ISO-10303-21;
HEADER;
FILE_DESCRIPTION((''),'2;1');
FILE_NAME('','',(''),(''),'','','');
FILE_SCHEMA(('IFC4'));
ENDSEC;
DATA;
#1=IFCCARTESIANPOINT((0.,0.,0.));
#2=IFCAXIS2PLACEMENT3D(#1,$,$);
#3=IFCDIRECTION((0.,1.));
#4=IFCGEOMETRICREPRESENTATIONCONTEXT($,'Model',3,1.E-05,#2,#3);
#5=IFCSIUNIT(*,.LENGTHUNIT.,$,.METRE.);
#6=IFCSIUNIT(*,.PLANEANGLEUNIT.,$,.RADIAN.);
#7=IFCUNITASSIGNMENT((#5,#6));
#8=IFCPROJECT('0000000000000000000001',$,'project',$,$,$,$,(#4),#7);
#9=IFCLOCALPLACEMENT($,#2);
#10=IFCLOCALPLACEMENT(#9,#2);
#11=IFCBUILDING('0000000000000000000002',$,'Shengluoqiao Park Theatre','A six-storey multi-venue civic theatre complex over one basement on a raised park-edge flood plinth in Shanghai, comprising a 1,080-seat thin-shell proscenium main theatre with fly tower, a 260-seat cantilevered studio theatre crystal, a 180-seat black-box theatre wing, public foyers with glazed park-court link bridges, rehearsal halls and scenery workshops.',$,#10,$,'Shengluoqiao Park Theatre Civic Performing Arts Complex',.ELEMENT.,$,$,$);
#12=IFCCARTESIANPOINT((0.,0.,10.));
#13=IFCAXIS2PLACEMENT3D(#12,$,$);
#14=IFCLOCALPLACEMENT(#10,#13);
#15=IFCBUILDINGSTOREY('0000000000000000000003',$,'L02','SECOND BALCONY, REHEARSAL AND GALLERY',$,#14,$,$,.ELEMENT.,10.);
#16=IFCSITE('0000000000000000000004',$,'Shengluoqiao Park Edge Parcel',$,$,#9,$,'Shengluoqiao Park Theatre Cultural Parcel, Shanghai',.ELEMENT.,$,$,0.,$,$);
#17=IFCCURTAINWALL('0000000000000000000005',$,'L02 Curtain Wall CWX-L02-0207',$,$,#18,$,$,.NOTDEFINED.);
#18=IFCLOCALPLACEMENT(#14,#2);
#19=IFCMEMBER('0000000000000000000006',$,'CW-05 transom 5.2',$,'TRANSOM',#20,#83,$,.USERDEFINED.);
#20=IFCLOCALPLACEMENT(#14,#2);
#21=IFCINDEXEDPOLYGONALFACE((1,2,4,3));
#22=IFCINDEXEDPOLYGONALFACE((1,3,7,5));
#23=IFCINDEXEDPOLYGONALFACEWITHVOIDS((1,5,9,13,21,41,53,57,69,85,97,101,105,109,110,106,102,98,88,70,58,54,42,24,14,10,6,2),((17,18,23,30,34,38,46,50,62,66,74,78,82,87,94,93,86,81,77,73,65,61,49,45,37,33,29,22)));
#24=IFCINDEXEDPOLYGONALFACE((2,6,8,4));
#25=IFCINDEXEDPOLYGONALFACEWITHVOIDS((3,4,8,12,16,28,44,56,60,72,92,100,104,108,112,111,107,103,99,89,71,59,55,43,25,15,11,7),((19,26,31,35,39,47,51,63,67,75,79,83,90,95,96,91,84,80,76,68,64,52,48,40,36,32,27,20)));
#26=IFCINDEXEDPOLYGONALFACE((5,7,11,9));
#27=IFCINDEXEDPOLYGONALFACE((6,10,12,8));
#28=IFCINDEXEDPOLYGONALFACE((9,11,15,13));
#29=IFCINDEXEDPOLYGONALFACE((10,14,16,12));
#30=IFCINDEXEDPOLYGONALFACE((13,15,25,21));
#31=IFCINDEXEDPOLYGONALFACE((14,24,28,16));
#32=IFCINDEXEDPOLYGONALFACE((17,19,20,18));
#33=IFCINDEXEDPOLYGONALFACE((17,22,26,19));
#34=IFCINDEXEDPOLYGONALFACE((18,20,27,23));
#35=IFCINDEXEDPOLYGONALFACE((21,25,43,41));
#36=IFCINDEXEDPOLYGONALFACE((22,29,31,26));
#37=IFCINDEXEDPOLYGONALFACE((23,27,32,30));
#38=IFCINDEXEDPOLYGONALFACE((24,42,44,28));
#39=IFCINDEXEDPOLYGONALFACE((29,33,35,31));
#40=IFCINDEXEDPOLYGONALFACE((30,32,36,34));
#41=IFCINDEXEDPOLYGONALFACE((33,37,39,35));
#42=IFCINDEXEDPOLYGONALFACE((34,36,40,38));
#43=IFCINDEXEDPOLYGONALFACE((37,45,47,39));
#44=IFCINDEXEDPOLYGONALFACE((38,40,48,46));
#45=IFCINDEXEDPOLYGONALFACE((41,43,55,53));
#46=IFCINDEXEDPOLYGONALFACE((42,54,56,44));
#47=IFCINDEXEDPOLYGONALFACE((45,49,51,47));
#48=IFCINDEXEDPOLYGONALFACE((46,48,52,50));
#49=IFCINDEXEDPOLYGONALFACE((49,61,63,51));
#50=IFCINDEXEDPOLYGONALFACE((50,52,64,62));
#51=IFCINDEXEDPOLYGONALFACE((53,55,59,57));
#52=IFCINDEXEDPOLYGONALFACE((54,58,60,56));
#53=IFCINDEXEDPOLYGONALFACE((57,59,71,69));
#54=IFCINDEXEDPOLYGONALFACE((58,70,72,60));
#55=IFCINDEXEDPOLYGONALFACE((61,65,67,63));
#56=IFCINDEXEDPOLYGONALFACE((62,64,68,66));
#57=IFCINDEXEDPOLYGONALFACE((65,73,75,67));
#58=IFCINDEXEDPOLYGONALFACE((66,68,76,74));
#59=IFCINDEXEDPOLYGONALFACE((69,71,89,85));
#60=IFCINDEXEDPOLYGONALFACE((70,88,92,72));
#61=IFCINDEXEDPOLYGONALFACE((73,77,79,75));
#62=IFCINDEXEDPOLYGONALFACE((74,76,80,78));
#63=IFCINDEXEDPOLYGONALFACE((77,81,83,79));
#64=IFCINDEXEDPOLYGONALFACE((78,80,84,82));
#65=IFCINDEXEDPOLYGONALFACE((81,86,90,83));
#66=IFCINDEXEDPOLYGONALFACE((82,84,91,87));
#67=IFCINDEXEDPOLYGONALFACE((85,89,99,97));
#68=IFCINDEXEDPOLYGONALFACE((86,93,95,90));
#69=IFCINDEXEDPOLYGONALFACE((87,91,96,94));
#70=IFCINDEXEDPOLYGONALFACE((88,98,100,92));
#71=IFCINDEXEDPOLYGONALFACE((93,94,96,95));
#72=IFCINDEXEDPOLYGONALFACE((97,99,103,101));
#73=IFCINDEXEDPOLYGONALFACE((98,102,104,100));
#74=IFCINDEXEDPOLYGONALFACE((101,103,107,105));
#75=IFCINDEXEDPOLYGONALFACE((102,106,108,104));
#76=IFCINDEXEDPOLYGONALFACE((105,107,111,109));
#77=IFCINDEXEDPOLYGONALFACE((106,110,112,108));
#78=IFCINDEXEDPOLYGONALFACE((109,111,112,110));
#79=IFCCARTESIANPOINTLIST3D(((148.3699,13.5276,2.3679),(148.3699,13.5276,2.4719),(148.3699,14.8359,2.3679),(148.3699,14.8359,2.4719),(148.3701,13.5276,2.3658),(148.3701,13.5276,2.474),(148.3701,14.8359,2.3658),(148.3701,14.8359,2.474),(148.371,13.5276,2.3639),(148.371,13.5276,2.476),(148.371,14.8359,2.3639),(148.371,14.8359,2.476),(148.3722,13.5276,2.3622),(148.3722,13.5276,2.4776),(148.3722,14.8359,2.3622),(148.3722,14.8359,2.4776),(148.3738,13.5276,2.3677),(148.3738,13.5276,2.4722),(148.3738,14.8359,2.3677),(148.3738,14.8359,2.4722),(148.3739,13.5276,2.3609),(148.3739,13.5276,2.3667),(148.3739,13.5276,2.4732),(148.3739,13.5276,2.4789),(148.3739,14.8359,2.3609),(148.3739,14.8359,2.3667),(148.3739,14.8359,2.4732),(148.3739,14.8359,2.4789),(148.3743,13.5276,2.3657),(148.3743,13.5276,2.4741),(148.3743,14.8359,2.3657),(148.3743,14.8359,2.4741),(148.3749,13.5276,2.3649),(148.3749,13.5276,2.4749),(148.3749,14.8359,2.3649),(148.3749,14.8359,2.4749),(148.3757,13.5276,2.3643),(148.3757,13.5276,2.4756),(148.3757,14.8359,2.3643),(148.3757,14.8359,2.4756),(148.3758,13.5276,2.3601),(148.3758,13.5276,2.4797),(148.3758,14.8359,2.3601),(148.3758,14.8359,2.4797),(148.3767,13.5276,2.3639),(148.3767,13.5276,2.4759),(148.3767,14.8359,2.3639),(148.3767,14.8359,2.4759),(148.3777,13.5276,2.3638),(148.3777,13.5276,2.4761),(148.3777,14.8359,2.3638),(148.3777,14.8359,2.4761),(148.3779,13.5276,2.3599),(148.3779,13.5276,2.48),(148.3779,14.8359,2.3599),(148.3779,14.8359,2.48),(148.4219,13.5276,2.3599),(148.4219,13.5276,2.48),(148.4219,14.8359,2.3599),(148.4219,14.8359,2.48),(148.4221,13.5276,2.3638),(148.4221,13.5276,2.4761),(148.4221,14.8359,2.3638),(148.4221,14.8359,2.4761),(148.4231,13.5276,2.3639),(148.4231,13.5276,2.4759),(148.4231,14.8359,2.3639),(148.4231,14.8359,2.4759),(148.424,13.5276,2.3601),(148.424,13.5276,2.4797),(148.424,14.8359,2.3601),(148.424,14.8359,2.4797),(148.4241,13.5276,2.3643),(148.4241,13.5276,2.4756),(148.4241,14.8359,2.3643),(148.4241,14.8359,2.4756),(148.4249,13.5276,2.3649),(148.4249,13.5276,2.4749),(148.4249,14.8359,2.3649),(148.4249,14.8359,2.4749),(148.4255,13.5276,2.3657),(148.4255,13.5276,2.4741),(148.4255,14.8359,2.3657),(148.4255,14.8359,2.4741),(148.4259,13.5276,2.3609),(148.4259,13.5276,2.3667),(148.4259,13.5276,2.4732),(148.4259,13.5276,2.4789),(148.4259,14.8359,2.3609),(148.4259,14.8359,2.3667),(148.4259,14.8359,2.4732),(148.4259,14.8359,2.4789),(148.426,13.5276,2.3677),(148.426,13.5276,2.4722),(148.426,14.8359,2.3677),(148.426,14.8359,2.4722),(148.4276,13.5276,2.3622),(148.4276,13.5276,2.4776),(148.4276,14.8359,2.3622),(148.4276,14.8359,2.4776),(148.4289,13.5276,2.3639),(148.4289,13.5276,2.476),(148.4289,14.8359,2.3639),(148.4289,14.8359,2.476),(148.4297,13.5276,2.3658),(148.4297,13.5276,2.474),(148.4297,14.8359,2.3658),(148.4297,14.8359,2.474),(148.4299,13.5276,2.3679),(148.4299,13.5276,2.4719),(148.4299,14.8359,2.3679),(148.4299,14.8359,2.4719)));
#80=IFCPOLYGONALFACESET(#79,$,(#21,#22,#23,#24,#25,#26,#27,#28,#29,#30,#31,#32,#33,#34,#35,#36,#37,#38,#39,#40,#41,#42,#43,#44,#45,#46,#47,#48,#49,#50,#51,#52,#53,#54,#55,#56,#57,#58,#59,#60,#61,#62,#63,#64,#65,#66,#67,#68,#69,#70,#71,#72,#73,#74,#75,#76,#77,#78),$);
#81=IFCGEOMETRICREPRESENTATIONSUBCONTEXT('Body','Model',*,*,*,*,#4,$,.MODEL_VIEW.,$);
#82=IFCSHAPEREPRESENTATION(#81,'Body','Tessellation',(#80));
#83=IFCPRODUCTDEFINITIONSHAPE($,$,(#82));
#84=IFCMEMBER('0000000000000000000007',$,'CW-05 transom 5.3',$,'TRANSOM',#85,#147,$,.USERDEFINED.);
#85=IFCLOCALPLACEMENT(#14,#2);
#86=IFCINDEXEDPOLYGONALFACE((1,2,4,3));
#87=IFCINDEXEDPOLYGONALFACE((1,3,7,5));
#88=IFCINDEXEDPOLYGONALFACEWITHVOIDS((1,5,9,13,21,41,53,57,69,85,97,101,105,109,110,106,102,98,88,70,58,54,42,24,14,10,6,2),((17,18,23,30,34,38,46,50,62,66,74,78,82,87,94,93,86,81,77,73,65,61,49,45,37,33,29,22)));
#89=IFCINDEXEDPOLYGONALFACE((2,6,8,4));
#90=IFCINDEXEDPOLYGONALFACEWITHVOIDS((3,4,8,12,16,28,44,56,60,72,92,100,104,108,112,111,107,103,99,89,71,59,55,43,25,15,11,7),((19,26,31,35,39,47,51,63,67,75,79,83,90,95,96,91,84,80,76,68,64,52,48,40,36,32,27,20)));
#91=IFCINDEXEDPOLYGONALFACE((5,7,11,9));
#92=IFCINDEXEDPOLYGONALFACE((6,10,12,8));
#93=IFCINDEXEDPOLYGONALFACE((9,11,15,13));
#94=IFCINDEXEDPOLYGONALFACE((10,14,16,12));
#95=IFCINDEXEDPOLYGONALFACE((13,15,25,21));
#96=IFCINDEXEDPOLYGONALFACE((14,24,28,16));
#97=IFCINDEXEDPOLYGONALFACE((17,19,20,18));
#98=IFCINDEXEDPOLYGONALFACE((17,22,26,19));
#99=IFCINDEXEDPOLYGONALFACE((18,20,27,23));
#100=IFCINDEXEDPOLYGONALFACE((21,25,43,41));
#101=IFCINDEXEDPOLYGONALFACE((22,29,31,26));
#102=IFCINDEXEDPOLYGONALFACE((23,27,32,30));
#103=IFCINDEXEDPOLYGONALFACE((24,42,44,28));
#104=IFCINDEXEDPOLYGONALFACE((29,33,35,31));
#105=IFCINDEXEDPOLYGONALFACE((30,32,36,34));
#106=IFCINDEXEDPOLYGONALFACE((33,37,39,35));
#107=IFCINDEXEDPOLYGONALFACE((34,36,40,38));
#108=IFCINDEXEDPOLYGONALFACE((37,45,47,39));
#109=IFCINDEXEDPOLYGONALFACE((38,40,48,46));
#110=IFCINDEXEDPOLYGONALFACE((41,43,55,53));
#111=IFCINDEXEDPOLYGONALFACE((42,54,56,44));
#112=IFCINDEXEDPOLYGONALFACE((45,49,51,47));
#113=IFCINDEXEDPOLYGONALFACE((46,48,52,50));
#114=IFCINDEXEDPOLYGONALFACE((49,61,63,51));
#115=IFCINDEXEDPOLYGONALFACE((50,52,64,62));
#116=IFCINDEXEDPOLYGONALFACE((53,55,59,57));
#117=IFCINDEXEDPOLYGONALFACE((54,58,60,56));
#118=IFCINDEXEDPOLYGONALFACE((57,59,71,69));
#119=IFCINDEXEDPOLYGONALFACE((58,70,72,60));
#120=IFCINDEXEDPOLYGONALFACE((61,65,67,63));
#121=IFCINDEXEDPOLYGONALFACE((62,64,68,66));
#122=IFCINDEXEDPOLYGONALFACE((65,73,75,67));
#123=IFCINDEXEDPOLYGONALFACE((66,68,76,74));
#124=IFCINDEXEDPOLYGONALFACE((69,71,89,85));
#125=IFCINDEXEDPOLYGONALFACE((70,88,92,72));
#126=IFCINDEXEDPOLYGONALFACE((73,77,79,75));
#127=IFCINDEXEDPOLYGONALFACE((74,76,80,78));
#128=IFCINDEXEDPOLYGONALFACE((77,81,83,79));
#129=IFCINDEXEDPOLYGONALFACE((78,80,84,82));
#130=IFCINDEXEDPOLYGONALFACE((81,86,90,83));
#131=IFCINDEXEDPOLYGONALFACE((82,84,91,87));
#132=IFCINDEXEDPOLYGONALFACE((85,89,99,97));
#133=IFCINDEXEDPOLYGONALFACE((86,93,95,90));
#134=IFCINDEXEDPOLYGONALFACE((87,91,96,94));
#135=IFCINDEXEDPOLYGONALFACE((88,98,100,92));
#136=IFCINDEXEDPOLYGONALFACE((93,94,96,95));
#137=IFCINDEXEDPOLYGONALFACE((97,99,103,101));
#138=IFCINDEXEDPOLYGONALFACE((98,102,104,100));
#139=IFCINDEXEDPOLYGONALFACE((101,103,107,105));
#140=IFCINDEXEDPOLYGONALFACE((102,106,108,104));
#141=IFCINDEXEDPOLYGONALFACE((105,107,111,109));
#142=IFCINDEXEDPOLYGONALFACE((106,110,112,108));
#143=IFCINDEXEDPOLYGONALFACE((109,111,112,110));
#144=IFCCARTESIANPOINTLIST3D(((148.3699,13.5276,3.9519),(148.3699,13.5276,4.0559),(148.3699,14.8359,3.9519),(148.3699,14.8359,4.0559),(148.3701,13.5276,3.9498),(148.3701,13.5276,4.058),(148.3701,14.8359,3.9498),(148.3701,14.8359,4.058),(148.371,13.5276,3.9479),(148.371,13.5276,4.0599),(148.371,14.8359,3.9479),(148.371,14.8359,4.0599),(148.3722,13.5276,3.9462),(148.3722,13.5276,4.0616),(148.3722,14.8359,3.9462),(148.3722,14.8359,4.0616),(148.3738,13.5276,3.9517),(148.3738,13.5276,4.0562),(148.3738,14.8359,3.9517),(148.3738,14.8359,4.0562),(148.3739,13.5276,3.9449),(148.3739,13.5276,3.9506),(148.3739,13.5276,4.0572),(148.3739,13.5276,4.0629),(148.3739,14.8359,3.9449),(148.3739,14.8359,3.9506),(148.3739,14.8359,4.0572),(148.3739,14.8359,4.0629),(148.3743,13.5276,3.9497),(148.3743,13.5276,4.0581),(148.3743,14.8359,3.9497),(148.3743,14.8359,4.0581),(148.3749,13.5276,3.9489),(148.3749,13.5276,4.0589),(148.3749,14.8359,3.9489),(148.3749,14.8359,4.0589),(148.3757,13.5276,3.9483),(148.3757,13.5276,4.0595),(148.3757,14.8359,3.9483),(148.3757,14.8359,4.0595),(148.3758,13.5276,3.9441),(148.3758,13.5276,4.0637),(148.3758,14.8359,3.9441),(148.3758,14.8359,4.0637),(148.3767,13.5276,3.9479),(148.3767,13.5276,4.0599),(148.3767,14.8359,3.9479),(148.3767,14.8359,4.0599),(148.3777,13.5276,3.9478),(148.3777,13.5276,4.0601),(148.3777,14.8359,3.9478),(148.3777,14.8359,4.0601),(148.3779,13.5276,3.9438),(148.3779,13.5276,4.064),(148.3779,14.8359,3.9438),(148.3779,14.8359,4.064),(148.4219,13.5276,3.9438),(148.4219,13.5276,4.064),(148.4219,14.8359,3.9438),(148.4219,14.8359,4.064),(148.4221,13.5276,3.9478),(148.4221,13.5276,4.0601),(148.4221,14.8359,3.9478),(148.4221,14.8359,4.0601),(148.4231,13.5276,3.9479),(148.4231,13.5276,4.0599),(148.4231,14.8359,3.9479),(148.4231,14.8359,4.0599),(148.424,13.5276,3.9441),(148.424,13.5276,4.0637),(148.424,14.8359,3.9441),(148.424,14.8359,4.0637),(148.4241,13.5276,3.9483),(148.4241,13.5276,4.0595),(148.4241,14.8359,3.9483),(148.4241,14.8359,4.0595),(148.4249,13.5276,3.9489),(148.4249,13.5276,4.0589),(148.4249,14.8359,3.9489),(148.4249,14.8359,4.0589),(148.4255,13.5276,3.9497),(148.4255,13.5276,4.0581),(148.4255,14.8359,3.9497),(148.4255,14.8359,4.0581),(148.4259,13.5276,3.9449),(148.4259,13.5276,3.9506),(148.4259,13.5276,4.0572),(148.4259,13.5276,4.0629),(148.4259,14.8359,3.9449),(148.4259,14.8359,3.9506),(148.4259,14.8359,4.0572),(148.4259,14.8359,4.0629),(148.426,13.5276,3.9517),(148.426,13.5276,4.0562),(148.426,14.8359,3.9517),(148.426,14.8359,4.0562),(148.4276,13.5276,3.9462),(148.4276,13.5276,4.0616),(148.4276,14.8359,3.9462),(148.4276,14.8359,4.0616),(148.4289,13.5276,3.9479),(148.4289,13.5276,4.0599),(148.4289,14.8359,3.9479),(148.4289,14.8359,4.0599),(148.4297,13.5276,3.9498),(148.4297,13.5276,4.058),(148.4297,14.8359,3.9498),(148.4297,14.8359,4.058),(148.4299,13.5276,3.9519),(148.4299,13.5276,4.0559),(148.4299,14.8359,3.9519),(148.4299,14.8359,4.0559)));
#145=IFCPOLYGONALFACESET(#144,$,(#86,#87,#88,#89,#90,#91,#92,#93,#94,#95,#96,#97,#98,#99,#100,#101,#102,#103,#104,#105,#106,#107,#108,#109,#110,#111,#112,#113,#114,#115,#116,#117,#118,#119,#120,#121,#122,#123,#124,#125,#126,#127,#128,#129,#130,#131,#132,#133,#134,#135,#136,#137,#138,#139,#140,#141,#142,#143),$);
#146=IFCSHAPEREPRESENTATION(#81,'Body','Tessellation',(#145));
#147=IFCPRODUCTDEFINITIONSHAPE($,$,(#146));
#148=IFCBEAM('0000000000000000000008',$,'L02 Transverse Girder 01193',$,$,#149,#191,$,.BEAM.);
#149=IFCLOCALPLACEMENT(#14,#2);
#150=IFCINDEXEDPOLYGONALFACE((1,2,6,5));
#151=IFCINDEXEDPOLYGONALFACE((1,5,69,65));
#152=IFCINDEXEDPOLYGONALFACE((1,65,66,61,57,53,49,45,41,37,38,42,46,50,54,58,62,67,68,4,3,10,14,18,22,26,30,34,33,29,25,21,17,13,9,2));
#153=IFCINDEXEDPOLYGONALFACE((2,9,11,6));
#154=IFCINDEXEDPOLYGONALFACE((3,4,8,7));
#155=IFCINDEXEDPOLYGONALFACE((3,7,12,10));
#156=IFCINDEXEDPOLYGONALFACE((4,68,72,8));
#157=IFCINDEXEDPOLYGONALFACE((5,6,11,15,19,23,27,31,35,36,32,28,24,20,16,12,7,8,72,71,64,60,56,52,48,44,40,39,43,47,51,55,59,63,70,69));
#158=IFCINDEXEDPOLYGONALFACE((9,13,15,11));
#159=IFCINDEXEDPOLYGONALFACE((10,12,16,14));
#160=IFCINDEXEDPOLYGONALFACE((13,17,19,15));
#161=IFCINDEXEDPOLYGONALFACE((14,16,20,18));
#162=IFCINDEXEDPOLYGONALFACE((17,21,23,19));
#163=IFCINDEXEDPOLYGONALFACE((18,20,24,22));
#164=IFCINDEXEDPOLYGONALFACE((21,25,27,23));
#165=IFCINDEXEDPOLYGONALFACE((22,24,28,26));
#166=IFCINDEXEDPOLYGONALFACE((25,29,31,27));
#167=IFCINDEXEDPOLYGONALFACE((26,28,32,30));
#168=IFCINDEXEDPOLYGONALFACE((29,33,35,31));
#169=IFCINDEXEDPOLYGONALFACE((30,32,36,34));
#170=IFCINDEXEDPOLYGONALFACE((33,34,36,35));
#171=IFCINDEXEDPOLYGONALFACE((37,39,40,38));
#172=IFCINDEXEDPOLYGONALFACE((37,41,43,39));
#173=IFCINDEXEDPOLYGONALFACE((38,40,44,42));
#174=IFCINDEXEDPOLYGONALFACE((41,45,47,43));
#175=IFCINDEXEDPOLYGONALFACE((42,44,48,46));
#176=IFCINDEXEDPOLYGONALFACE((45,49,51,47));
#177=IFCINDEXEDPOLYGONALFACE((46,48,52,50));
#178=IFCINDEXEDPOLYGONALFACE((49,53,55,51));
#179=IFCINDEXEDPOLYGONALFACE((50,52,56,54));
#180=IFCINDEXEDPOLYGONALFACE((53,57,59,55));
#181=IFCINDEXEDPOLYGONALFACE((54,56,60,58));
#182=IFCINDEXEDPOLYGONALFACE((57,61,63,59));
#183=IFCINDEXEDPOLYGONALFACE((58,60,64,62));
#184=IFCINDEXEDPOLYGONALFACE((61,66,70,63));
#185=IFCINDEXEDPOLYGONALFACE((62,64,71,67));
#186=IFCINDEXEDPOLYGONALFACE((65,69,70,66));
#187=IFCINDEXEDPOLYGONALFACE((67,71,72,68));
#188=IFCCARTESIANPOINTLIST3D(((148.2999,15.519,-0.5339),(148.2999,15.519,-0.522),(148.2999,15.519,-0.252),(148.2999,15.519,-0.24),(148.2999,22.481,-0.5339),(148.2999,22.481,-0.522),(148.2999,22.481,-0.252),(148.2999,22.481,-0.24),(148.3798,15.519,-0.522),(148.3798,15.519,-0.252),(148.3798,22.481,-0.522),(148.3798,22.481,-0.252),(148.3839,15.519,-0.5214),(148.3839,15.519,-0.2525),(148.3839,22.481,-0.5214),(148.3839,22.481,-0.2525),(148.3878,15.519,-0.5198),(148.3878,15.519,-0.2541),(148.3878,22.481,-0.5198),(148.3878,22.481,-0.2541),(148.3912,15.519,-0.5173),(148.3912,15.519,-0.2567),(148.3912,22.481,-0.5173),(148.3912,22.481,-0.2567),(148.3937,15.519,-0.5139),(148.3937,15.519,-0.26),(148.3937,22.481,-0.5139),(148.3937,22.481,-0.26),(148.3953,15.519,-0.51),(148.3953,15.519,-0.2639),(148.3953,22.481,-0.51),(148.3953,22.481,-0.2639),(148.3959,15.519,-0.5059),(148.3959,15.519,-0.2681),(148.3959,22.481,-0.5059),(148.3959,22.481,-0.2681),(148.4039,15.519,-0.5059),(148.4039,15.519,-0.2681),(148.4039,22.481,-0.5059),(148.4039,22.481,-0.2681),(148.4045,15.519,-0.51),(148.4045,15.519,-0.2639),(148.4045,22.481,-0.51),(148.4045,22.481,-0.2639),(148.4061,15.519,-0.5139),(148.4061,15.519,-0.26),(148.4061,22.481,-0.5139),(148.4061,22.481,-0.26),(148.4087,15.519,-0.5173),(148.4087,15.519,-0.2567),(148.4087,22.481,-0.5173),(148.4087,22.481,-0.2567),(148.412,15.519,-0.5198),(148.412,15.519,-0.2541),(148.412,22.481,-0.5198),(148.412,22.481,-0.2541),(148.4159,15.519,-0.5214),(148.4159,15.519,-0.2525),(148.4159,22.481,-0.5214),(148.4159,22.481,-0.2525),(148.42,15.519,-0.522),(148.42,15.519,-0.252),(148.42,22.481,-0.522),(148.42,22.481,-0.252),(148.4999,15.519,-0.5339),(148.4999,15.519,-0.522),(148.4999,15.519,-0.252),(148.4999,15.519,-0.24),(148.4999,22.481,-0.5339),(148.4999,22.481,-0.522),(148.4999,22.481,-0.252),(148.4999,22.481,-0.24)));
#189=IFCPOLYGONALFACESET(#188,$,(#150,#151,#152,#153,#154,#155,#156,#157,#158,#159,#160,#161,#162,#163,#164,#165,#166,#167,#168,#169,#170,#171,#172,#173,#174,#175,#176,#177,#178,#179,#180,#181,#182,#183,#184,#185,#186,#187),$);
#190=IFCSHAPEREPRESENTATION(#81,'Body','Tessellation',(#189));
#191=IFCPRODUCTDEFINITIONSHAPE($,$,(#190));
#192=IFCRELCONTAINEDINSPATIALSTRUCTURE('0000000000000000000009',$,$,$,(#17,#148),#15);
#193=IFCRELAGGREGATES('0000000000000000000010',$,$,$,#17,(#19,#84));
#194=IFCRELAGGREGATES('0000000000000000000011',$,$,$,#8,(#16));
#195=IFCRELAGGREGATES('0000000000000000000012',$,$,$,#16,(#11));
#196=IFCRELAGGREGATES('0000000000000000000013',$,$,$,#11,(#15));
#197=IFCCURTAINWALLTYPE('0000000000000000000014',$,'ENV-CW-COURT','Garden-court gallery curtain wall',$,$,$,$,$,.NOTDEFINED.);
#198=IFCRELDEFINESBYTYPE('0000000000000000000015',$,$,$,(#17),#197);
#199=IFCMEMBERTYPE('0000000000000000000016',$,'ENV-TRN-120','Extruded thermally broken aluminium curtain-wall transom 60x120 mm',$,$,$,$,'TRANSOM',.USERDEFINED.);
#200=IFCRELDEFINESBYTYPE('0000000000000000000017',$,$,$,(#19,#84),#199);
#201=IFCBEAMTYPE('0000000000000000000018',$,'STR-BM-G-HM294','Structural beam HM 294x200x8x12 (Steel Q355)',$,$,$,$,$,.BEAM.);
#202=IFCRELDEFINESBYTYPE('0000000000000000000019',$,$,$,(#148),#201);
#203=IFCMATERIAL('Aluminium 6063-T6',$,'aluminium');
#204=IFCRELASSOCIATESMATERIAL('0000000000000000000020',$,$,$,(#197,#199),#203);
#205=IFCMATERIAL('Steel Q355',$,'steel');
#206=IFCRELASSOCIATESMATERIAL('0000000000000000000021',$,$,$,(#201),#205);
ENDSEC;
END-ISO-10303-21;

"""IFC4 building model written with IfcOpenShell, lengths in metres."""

from ifc_helpers import new_model, si_unit, direction, frame, origin, origin_2d, place, context, subcontext, project, spatial, hollow_rectangle, i_section, extrude, material, material_profile, profile_set, type_object, element, aggregate, save


model = new_model("IFC4")

# Units and contexts
model_context = context("Model", 3, precision=1e-05, world=origin(), true_north=direction((0.0, 1.0)))
body_context = subcontext(model_context, "Body", "Model", "MODEL_VIEW")
ifc_project = project(units=[si_unit("LENGTHUNIT", "METRE"), si_unit("PLANEANGLEUNIT", "RADIAN")], contexts=[model_context])

# Site, building, storey
site_placement = place(None, origin())
site = spatial("IfcSite", under=ifc_project, at=site_placement, Name="Shengluoqiao Park Edge Parcel", LongName="Shengluoqiao Park Theatre Cultural Parcel, Shanghai", CompositionType="ELEMENT", RefElevation=0.0)
building_placement = place(site_placement, origin())
building = spatial("IfcBuilding", under=site, at=building_placement, Name="Shengluoqiao Park Theatre", Description="A six-storey multi-venue civic theatre complex over one basement on a raised park-edge flood plinth in Shanghai, comprising a 1,080-seat thin-shell proscenium main theatre with fly tower, a 260-seat cantilevered studio theatre crystal, a 180-seat black-box theatre wing, public foyers with glazed park-court link bridges, rehearsal halls and scenery workshops.", LongName="Shengluoqiao Park Theatre Civic Performing Arts Complex", CompositionType="ELEMENT")
storey_placement = place(building_placement, frame((0.0, 0.0, 10.0)))
storey = spatial("IfcBuildingStorey", under=building, at=storey_placement, Name="L02", Description="SECOND BALCONY, REHEARSAL AND GALLERY", CompositionType="ELEMENT", Elevation=10.0)

# Curtain wall, members
ifc_material_1 = material(Name="Aluminium 6063-T6", Category="aluminium")
curtain_wall_type = type_object("IfcCurtainWallType", Name="ENV-CW-COURT", Description="Garden-court gallery curtain wall", PredefinedType="NOTDEFINED", material=ifc_material_1)
curtain_wall_placement = place(storey_placement, origin())
curtain_wall = element("IfcCurtainWall", 1, at=curtain_wall_placement, inside=storey, type_object=curtain_wall_type, Name="L02 Curtain Wall CWX-L02-0207", PredefinedType="NOTDEFINED")
ifc_material_profile_1 = material_profile(ifc_material_1, hollow_rectangle(XDim=0.0601, YDim=0.1201, WallThickness=0.0039, InnerFilletRadius=0.0039, OuterFilletRadius=0.0081, at=origin_2d()), Name="ALU TRANSOM 120x60x4")
ifc_profile_set_1 = profile_set([ifc_material_profile_1], Name="Aluminium 6063-T6")
member_type_1 = type_object("IfcMemberType", Name="ENV-TRN-120", Description="Extruded thermally broken aluminium curtain-wall transom 60x120 mm", ElementType="TRANSOM", PredefinedType="USERDEFINED", material=ifc_profile_set_1)
member_1_placement = place(storey_placement, frame((148.3999, 13.5276, 2.4199), z_axis=(0.0, 1.0, 0.0), x_axis=(-1.0, 0.0, 0.0)))
member_1 = element("IfcMember", 2, at=member_1_placement, type_object=member_type_1, Name="CW-05 transom 5.2", ObjectType="TRANSOM", PredefinedType="USERDEFINED", context=body_context, shape_type="SweptSolid", body=[
    extrude(hollow_rectangle(XDim=0.0601, YDim=0.1201, WallThickness=0.0039, InnerFilletRadius=0.0039, OuterFilletRadius=0.0081, at=origin_2d()), origin(), (0.0, 0.0, 1.0), 1.3083),
])
member_2_placement = place(storey_placement, frame((148.3999, 13.5276, 4.0039), z_axis=(0.0, 1.0, 0.0), x_axis=(-1.0, 0.0, 0.0)))
member_2 = element("IfcMember", 3, at=member_2_placement, type_object=member_type_1, Name="CW-05 transom 5.3", ObjectType="TRANSOM", PredefinedType="USERDEFINED", context=body_context, shape_type="SweptSolid", body=[
    extrude(hollow_rectangle(XDim=0.0601, YDim=0.1201, WallThickness=0.0039, InnerFilletRadius=0.0039, OuterFilletRadius=0.0081, at=origin_2d()), origin(), (0.0, 0.0, 1.0), 1.3083),
])

# Beam
ifc_material_2 = material(Name="Steel Q355", Category="steel")
ifc_material_profile_2 = material_profile(ifc_material_2, i_section(OverallWidth=0.2, OverallDepth=0.2939, WebThickness=0.0081, FlangeThickness=0.012, FilletRadius=0.0161, at=origin_2d()), Name="HM 294x200x8x12")
ifc_profile_set_2 = profile_set([ifc_material_profile_2], Name="Steel Q355")
beam_type_1 = type_object("IfcBeamType", Name="STR-BM-G-HM294", Description="Structural beam HM 294x200x8x12 (Steel Q355)", PredefinedType="BEAM", material=ifc_profile_set_2)
for number, where, z_axis, x_axis, name in (
    (4, (148.3999, 15.519, -0.387), (0.0, 1.0, 0.0), (-1.0, 0.0, 0.0), "L02 Transverse Girder 01193"),
):
    element("IfcBeam", number, at=place(storey_placement, frame(where, z_axis=z_axis, x_axis=x_axis)), inside=storey, type_object=beam_type_1, Name=name, PredefinedType="BEAM", context=body_context, shape_type="SweptSolid", body=[
        extrude(i_section(OverallWidth=0.2, OverallDepth=0.2939, WebThickness=0.0081, FlangeThickness=0.012, FilletRadius=0.0161, at=origin_2d()), origin(), (0.0, 0.0, 1.0), 6.9619),
    ])

aggregate(curtain_wall, [member_1, member_2])

save(model, "model.ifc")
